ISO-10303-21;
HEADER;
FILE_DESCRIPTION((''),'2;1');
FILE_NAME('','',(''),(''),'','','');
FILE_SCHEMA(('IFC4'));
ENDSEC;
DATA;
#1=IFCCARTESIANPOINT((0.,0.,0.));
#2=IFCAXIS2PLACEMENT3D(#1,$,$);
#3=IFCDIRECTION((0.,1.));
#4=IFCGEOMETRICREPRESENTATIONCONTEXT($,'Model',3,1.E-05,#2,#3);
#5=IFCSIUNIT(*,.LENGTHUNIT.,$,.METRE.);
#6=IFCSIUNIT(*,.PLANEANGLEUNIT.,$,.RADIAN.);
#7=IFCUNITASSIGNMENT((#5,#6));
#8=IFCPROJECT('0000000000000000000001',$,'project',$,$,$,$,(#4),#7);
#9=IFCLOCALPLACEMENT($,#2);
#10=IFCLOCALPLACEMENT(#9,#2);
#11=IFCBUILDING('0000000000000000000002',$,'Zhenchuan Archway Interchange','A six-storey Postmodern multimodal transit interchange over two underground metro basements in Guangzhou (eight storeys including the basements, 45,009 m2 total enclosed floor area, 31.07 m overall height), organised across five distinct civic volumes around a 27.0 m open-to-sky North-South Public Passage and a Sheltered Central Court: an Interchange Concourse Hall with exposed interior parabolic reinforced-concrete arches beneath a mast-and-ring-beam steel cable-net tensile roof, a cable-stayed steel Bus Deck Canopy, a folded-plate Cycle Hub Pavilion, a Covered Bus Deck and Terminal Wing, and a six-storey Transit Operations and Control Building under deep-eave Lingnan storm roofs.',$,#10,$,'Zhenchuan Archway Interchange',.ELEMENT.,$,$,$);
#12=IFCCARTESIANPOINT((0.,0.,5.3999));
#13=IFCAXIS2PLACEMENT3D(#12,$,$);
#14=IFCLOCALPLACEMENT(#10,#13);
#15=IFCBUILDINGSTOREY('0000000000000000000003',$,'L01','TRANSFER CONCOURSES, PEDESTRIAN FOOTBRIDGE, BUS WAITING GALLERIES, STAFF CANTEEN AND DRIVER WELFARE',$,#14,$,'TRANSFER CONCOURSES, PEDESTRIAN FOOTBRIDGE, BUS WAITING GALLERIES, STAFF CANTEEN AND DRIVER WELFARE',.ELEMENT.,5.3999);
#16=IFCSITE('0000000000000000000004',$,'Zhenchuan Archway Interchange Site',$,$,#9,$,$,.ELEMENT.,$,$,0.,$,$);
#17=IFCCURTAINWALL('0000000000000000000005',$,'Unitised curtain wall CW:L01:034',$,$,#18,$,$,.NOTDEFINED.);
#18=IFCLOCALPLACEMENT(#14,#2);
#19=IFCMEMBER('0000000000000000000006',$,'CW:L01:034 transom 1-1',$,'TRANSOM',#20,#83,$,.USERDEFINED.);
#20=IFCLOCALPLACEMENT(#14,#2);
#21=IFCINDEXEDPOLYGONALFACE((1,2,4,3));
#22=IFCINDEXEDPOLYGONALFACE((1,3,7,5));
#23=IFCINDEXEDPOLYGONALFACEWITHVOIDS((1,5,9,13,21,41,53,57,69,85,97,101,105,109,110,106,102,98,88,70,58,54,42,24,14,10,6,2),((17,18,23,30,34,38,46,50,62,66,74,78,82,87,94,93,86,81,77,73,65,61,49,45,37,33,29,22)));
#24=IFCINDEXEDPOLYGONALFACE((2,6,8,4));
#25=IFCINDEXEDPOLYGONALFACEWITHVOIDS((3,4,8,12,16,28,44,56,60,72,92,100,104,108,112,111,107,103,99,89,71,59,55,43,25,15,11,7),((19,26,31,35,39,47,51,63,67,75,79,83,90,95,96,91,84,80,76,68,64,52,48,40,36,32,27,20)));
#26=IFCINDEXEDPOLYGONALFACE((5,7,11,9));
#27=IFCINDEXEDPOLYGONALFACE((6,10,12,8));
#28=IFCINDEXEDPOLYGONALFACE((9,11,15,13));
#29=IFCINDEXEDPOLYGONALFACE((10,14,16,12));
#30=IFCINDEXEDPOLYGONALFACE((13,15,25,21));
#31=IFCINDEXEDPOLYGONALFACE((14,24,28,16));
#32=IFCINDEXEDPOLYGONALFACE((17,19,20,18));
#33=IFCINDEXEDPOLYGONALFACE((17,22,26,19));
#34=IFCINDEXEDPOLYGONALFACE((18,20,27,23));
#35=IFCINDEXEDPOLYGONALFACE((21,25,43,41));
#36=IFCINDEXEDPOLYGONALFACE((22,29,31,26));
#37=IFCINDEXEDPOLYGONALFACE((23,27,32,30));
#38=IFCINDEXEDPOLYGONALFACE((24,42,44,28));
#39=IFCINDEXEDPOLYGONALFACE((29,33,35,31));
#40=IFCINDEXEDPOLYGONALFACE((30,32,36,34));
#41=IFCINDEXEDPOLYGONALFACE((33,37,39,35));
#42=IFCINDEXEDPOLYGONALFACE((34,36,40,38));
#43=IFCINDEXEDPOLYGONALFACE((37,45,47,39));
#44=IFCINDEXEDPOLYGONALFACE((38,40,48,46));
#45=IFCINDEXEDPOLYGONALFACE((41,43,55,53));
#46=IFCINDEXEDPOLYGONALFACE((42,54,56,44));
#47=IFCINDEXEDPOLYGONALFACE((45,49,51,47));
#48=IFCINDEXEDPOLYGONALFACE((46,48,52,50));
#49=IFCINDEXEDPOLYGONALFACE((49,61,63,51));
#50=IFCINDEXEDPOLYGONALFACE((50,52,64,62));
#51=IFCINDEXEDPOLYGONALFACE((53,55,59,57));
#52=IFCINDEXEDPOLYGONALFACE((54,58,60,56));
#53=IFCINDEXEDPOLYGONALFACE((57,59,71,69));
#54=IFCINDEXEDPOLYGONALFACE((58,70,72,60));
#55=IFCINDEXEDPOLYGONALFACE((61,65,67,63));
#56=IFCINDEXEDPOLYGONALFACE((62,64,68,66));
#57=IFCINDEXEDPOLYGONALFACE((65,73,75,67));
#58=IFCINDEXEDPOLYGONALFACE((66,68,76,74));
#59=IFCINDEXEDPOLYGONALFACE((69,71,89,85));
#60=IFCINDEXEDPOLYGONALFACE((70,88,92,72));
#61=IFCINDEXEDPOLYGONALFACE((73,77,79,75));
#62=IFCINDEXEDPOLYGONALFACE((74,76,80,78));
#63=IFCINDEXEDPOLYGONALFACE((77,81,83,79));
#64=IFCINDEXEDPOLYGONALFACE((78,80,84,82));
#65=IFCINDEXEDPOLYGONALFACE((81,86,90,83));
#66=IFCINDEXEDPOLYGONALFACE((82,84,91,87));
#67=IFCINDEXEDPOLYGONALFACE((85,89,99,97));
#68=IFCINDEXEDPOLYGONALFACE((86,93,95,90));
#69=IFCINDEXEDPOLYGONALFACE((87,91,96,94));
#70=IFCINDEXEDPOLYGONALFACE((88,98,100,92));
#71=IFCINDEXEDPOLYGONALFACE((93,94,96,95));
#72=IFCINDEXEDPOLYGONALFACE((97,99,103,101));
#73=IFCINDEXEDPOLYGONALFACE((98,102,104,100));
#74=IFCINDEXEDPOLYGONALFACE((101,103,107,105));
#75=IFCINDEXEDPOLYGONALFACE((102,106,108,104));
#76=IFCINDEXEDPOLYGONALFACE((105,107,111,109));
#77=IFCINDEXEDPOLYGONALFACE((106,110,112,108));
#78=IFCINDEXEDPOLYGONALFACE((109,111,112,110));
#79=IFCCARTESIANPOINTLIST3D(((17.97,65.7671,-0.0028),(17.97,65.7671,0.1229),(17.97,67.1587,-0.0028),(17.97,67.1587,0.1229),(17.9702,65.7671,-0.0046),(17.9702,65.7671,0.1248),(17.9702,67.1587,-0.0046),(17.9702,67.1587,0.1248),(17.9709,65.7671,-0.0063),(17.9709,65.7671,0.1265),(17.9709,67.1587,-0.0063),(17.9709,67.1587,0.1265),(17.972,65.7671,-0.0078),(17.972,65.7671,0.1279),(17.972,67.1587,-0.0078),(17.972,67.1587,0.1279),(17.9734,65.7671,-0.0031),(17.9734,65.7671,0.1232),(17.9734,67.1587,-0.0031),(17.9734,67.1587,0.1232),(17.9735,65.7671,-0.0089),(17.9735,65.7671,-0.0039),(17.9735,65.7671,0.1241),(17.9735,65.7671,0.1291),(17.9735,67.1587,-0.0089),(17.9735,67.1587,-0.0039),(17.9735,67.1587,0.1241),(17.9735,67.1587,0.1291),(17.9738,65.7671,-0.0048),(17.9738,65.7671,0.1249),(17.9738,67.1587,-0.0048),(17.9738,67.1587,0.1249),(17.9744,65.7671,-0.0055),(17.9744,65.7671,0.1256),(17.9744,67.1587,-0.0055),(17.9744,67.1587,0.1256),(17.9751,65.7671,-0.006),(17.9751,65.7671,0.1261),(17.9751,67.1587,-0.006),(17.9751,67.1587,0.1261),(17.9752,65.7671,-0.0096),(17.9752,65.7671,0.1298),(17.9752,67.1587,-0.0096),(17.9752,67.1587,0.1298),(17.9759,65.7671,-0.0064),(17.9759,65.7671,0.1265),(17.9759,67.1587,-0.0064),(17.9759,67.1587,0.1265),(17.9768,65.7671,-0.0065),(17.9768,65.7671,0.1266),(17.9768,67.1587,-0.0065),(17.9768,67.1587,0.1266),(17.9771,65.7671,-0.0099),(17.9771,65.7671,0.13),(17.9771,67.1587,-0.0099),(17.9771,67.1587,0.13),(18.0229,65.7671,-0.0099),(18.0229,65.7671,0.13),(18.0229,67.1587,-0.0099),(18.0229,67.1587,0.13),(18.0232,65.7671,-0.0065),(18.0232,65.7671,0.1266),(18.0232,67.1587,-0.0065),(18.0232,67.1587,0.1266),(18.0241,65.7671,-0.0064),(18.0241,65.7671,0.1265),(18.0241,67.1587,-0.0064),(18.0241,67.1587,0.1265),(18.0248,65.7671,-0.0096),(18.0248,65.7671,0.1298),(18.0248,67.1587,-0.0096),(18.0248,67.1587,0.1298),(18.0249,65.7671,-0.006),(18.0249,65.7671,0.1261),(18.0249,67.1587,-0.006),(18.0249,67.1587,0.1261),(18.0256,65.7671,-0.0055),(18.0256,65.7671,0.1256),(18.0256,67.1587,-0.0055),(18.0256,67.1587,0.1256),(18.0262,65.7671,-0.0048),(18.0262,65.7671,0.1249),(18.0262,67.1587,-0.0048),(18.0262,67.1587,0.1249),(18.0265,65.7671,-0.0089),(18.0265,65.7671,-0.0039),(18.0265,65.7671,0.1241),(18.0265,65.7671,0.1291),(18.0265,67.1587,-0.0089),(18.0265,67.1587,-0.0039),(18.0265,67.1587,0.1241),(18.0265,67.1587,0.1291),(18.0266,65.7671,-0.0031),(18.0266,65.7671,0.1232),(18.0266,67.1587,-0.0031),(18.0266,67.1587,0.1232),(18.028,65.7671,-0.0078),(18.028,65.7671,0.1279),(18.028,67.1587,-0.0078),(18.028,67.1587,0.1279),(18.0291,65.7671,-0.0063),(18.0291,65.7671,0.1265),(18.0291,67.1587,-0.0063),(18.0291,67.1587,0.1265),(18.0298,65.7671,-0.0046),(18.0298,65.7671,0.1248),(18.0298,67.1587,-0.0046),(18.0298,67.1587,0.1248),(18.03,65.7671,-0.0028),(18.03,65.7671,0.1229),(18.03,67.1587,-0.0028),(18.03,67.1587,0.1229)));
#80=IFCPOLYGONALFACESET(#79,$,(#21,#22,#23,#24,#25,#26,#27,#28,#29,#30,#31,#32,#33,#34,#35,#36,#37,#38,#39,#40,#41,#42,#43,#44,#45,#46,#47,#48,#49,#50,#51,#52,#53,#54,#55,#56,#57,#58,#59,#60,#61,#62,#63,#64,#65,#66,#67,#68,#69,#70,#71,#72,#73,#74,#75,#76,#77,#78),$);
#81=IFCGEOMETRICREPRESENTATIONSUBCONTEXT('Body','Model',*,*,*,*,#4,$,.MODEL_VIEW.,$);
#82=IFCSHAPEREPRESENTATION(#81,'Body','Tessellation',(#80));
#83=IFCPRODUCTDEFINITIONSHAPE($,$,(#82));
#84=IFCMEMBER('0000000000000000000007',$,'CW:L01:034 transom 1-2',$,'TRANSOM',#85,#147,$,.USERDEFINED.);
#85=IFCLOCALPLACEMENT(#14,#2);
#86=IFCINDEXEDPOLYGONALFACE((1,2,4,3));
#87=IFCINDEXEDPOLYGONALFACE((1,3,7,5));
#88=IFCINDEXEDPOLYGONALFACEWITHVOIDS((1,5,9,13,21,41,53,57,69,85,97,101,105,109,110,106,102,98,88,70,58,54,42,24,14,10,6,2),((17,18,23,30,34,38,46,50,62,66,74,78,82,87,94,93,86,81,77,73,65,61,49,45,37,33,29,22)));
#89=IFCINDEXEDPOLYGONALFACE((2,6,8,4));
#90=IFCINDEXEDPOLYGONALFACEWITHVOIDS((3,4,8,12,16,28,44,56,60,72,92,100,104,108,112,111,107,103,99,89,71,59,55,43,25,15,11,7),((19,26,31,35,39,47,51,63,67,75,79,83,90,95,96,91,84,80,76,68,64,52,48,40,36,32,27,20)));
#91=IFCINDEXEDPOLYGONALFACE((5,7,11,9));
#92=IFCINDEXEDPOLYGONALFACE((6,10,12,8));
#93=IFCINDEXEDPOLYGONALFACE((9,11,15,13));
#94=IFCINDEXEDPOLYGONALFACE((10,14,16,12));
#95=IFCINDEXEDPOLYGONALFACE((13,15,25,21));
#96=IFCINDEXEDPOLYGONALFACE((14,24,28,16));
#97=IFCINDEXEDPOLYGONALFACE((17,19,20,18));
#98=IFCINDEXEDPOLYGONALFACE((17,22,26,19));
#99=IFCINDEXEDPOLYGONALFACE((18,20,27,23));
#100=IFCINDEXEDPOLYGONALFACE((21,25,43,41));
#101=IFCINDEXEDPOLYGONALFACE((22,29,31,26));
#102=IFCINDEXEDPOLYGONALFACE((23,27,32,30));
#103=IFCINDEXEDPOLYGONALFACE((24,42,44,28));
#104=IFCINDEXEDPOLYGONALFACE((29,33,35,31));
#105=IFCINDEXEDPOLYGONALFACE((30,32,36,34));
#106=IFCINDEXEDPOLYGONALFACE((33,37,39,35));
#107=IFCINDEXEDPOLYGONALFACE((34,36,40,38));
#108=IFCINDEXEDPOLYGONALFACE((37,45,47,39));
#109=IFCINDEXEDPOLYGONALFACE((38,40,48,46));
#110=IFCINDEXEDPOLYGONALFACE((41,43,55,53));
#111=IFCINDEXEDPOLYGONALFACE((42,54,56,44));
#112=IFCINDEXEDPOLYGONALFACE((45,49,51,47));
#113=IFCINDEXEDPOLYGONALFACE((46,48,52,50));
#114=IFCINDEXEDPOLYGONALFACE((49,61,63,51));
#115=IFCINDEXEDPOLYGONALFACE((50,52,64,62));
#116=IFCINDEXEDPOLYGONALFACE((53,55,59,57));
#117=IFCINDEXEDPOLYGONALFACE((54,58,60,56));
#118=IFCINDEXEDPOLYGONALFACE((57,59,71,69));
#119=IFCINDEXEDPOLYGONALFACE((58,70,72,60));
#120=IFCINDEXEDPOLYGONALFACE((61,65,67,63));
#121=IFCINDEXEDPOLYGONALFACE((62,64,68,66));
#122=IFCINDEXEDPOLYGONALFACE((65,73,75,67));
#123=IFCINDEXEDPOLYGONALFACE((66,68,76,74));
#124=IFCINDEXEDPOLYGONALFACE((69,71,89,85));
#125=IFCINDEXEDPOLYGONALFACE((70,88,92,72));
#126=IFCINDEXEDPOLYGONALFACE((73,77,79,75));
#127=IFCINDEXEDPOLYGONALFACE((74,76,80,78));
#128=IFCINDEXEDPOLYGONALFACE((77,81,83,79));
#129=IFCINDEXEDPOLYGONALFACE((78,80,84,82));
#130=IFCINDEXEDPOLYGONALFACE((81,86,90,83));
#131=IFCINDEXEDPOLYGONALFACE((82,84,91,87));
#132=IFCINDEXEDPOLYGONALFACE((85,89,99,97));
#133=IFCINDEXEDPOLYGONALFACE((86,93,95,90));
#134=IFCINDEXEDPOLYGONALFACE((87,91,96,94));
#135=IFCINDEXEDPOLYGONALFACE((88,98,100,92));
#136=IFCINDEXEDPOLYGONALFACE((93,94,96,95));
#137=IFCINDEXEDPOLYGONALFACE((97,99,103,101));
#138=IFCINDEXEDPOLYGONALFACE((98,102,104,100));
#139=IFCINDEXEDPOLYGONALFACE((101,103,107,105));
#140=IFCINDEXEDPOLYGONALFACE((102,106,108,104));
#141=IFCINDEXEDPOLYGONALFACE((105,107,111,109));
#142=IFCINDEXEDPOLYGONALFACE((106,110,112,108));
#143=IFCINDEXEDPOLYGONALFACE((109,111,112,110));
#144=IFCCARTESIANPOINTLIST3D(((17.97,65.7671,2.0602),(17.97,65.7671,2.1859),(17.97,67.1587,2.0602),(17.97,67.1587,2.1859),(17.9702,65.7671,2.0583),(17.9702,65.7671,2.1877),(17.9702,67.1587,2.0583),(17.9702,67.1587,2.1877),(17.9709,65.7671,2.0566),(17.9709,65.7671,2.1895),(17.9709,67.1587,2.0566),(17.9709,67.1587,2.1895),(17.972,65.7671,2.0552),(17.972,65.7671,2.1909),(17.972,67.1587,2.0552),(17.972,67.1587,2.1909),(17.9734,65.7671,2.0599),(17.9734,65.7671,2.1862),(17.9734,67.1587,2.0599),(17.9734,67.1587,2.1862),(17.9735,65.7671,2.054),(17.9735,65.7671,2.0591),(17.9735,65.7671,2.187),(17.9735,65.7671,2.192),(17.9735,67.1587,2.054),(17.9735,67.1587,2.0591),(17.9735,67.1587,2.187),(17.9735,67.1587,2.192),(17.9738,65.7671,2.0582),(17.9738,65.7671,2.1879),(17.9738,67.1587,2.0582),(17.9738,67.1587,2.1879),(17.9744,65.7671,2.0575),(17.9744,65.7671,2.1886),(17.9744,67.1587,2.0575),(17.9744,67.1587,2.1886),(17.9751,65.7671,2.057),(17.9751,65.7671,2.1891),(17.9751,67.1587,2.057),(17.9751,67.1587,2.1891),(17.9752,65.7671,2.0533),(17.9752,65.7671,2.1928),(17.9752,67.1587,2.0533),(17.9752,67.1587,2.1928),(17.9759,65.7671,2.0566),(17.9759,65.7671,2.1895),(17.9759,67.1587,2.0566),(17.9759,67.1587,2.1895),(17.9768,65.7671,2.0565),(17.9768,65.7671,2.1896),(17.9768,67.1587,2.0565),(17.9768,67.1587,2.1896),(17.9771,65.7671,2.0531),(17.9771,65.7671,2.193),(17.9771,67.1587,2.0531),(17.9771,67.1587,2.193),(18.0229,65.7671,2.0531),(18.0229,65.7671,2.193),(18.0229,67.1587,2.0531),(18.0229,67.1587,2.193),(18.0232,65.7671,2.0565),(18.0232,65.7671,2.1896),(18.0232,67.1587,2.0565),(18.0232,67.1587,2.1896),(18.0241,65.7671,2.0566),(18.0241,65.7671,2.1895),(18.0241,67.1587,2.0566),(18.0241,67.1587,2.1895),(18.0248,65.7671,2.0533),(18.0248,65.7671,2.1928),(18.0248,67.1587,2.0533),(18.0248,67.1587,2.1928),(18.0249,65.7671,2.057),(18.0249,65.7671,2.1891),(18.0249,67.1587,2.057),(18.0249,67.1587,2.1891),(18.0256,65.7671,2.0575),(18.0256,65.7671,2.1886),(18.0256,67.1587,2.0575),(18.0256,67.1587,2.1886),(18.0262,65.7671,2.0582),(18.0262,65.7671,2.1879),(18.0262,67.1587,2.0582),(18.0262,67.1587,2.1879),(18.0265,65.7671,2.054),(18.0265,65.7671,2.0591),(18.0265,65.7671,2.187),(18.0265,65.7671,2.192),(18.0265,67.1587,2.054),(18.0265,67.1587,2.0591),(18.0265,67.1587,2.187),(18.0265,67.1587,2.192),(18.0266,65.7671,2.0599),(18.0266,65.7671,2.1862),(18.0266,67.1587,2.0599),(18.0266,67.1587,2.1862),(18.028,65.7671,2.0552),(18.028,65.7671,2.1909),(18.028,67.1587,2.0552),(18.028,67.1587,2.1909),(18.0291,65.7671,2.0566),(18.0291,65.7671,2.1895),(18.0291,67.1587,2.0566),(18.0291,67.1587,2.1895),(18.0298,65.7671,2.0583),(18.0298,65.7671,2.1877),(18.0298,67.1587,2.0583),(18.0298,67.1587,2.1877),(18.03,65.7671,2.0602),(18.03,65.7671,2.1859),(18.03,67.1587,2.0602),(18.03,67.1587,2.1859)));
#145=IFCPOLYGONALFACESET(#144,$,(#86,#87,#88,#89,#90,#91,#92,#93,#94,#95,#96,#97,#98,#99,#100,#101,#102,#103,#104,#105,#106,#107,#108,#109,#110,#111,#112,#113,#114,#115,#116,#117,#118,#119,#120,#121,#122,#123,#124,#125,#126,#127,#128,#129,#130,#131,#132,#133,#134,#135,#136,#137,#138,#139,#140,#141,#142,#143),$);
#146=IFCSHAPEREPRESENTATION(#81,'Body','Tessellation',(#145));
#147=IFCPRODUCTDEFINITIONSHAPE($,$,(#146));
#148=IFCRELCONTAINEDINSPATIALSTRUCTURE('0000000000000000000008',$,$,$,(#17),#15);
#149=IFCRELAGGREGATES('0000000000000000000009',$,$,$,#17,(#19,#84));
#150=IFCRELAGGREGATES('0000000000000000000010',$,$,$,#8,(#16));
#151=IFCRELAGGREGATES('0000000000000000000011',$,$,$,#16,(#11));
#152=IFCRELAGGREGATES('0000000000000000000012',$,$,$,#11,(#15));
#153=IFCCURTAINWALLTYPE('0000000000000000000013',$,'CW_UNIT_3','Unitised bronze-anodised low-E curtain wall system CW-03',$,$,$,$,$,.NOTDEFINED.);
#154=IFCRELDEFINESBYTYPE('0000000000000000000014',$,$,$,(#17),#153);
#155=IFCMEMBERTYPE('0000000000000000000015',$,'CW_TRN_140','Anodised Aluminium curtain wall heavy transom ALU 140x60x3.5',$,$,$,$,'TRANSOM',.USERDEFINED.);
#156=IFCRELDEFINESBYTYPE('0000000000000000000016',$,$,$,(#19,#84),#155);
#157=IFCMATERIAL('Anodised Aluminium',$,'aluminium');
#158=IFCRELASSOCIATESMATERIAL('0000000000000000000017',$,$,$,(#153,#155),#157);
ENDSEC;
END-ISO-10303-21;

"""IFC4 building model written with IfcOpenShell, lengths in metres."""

from ifc_helpers import new_model, si_unit, direction, frame, origin, origin_2d, place, context, subcontext, project, spatial, hollow_rectangle, extrude, material, material_profile, profile_set, type_object, element, aggregate, save


model = new_model("IFC4")

# Units and contexts
model_context = context("Model", 3, precision=1e-05, world=origin(), true_north=direction((0.0, 1.0)))
body_context = subcontext(model_context, "Body", "Model", "MODEL_VIEW")
ifc_project = project(units=[si_unit("LENGTHUNIT", "METRE"), si_unit("PLANEANGLEUNIT", "RADIAN")], contexts=[model_context])

# Site, building, storey
site_placement = place(None, origin())
site = spatial("IfcSite", under=ifc_project, at=site_placement, Name="Zhenchuan Archway Interchange Site", CompositionType="ELEMENT", RefElevation=0.0)
building_placement = place(site_placement, origin())
building = spatial("IfcBuilding", under=site, at=building_placement, Name="Zhenchuan Archway Interchange", Description="A six-storey Postmodern multimodal transit interchange over two underground metro basements in Guangzhou (eight storeys including the basements, 45,009 m2 total enclosed floor area, 31.07 m overall height), organised across five distinct civic volumes around a 27.0 m open-to-sky North-South Public Passage and a Sheltered Central Court: an Interchange Concourse Hall with exposed interior parabolic reinforced-concrete arches beneath a mast-and-ring-beam steel cable-net tensile roof, a cable-stayed steel Bus Deck Canopy, a folded-plate Cycle Hub Pavilion, a Covered Bus Deck and Terminal Wing, and a six-storey Transit Operations and Control Building under deep-eave Lingnan storm roofs.", LongName="Zhenchuan Archway Interchange", CompositionType="ELEMENT")
storey_placement = place(building_placement, frame((0.0, 0.0, 5.3999)))
storey = spatial("IfcBuildingStorey", under=building, at=storey_placement, Name="L01", Description="TRANSFER CONCOURSES, PEDESTRIAN FOOTBRIDGE, BUS WAITING GALLERIES, STAFF CANTEEN AND DRIVER WELFARE", LongName="TRANSFER CONCOURSES, PEDESTRIAN FOOTBRIDGE, BUS WAITING GALLERIES, STAFF CANTEEN AND DRIVER WELFARE", CompositionType="ELEMENT", Elevation=5.3999)

# Curtain wall
ifc_material_1 = material(Name="Anodised Aluminium", Category="aluminium")
curtain_wall_type_1 = type_object("IfcCurtainWallType", Name="CW_UNIT_3", Description="Unitised bronze-anodised low-E curtain wall system CW-03", PredefinedType="NOTDEFINED", material=ifc_material_1)
curtain_wall_1_placement = place(storey_placement, origin())
curtain_wall_1 = element("IfcCurtainWall", 1, at=curtain_wall_1_placement, inside=storey, type_object=curtain_wall_type_1, Name="Unitised curtain wall CW:L01:034", PredefinedType="NOTDEFINED")

# Members
ifc_material_profile_1 = material_profile(ifc_material_1, hollow_rectangle(XDim=0.0601, YDim=0.1399, WallThickness=0.0034, InnerFilletRadius=0.0034, OuterFilletRadius=0.0071, at=origin_2d()), Name="ALU 140x60x3.5")
ifc_profile_set_1 = profile_set([ifc_material_profile_1], Name="Anodised Aluminium")
member_type_1 = type_object("IfcMemberType", Name="CW_TRN_140", Description="Anodised Aluminium curtain wall heavy transom ALU 140x60x3.5", ElementType="TRANSOM", PredefinedType="USERDEFINED", material=ifc_profile_set_1)
member_1_placement = place(storey_placement, frame((18.0, 65.7671, 0.0601), z_axis=(0.0, 1.0, 0.0), x_axis=(-1.0, 0.0, 0.0)))
member_1 = element("IfcMember", 2, at=member_1_placement, type_object=member_type_1, Name="CW:L01:034 transom 1-1", ObjectType="TRANSOM", PredefinedType="USERDEFINED", context=body_context, shape_type="SweptSolid", body=[
    extrude(hollow_rectangle(XDim=0.0601, YDim=0.1399, WallThickness=0.0034, InnerFilletRadius=0.0034, OuterFilletRadius=0.0071, at=origin_2d()), origin(), (0.0, 0.0, 1.0), 1.3916),
])
member_2_placement = place(storey_placement, frame((18.0, 65.7671, 2.123), z_axis=(0.0, 1.0, 0.0), x_axis=(-1.0, 0.0, 0.0)))
member_2 = element("IfcMember", 3, at=member_2_placement, type_object=member_type_1, Name="CW:L01:034 transom 1-2", ObjectType="TRANSOM", PredefinedType="USERDEFINED", context=body_context, shape_type="SweptSolid", body=[
    extrude(hollow_rectangle(XDim=0.0601, YDim=0.1399, WallThickness=0.0034, InnerFilletRadius=0.0034, OuterFilletRadius=0.0071, at=origin_2d()), origin(), (0.0, 0.0, 1.0), 1.3916),
])

aggregate(curtain_wall_1, [member_1, member_2])

save(model, "model.ifc")
